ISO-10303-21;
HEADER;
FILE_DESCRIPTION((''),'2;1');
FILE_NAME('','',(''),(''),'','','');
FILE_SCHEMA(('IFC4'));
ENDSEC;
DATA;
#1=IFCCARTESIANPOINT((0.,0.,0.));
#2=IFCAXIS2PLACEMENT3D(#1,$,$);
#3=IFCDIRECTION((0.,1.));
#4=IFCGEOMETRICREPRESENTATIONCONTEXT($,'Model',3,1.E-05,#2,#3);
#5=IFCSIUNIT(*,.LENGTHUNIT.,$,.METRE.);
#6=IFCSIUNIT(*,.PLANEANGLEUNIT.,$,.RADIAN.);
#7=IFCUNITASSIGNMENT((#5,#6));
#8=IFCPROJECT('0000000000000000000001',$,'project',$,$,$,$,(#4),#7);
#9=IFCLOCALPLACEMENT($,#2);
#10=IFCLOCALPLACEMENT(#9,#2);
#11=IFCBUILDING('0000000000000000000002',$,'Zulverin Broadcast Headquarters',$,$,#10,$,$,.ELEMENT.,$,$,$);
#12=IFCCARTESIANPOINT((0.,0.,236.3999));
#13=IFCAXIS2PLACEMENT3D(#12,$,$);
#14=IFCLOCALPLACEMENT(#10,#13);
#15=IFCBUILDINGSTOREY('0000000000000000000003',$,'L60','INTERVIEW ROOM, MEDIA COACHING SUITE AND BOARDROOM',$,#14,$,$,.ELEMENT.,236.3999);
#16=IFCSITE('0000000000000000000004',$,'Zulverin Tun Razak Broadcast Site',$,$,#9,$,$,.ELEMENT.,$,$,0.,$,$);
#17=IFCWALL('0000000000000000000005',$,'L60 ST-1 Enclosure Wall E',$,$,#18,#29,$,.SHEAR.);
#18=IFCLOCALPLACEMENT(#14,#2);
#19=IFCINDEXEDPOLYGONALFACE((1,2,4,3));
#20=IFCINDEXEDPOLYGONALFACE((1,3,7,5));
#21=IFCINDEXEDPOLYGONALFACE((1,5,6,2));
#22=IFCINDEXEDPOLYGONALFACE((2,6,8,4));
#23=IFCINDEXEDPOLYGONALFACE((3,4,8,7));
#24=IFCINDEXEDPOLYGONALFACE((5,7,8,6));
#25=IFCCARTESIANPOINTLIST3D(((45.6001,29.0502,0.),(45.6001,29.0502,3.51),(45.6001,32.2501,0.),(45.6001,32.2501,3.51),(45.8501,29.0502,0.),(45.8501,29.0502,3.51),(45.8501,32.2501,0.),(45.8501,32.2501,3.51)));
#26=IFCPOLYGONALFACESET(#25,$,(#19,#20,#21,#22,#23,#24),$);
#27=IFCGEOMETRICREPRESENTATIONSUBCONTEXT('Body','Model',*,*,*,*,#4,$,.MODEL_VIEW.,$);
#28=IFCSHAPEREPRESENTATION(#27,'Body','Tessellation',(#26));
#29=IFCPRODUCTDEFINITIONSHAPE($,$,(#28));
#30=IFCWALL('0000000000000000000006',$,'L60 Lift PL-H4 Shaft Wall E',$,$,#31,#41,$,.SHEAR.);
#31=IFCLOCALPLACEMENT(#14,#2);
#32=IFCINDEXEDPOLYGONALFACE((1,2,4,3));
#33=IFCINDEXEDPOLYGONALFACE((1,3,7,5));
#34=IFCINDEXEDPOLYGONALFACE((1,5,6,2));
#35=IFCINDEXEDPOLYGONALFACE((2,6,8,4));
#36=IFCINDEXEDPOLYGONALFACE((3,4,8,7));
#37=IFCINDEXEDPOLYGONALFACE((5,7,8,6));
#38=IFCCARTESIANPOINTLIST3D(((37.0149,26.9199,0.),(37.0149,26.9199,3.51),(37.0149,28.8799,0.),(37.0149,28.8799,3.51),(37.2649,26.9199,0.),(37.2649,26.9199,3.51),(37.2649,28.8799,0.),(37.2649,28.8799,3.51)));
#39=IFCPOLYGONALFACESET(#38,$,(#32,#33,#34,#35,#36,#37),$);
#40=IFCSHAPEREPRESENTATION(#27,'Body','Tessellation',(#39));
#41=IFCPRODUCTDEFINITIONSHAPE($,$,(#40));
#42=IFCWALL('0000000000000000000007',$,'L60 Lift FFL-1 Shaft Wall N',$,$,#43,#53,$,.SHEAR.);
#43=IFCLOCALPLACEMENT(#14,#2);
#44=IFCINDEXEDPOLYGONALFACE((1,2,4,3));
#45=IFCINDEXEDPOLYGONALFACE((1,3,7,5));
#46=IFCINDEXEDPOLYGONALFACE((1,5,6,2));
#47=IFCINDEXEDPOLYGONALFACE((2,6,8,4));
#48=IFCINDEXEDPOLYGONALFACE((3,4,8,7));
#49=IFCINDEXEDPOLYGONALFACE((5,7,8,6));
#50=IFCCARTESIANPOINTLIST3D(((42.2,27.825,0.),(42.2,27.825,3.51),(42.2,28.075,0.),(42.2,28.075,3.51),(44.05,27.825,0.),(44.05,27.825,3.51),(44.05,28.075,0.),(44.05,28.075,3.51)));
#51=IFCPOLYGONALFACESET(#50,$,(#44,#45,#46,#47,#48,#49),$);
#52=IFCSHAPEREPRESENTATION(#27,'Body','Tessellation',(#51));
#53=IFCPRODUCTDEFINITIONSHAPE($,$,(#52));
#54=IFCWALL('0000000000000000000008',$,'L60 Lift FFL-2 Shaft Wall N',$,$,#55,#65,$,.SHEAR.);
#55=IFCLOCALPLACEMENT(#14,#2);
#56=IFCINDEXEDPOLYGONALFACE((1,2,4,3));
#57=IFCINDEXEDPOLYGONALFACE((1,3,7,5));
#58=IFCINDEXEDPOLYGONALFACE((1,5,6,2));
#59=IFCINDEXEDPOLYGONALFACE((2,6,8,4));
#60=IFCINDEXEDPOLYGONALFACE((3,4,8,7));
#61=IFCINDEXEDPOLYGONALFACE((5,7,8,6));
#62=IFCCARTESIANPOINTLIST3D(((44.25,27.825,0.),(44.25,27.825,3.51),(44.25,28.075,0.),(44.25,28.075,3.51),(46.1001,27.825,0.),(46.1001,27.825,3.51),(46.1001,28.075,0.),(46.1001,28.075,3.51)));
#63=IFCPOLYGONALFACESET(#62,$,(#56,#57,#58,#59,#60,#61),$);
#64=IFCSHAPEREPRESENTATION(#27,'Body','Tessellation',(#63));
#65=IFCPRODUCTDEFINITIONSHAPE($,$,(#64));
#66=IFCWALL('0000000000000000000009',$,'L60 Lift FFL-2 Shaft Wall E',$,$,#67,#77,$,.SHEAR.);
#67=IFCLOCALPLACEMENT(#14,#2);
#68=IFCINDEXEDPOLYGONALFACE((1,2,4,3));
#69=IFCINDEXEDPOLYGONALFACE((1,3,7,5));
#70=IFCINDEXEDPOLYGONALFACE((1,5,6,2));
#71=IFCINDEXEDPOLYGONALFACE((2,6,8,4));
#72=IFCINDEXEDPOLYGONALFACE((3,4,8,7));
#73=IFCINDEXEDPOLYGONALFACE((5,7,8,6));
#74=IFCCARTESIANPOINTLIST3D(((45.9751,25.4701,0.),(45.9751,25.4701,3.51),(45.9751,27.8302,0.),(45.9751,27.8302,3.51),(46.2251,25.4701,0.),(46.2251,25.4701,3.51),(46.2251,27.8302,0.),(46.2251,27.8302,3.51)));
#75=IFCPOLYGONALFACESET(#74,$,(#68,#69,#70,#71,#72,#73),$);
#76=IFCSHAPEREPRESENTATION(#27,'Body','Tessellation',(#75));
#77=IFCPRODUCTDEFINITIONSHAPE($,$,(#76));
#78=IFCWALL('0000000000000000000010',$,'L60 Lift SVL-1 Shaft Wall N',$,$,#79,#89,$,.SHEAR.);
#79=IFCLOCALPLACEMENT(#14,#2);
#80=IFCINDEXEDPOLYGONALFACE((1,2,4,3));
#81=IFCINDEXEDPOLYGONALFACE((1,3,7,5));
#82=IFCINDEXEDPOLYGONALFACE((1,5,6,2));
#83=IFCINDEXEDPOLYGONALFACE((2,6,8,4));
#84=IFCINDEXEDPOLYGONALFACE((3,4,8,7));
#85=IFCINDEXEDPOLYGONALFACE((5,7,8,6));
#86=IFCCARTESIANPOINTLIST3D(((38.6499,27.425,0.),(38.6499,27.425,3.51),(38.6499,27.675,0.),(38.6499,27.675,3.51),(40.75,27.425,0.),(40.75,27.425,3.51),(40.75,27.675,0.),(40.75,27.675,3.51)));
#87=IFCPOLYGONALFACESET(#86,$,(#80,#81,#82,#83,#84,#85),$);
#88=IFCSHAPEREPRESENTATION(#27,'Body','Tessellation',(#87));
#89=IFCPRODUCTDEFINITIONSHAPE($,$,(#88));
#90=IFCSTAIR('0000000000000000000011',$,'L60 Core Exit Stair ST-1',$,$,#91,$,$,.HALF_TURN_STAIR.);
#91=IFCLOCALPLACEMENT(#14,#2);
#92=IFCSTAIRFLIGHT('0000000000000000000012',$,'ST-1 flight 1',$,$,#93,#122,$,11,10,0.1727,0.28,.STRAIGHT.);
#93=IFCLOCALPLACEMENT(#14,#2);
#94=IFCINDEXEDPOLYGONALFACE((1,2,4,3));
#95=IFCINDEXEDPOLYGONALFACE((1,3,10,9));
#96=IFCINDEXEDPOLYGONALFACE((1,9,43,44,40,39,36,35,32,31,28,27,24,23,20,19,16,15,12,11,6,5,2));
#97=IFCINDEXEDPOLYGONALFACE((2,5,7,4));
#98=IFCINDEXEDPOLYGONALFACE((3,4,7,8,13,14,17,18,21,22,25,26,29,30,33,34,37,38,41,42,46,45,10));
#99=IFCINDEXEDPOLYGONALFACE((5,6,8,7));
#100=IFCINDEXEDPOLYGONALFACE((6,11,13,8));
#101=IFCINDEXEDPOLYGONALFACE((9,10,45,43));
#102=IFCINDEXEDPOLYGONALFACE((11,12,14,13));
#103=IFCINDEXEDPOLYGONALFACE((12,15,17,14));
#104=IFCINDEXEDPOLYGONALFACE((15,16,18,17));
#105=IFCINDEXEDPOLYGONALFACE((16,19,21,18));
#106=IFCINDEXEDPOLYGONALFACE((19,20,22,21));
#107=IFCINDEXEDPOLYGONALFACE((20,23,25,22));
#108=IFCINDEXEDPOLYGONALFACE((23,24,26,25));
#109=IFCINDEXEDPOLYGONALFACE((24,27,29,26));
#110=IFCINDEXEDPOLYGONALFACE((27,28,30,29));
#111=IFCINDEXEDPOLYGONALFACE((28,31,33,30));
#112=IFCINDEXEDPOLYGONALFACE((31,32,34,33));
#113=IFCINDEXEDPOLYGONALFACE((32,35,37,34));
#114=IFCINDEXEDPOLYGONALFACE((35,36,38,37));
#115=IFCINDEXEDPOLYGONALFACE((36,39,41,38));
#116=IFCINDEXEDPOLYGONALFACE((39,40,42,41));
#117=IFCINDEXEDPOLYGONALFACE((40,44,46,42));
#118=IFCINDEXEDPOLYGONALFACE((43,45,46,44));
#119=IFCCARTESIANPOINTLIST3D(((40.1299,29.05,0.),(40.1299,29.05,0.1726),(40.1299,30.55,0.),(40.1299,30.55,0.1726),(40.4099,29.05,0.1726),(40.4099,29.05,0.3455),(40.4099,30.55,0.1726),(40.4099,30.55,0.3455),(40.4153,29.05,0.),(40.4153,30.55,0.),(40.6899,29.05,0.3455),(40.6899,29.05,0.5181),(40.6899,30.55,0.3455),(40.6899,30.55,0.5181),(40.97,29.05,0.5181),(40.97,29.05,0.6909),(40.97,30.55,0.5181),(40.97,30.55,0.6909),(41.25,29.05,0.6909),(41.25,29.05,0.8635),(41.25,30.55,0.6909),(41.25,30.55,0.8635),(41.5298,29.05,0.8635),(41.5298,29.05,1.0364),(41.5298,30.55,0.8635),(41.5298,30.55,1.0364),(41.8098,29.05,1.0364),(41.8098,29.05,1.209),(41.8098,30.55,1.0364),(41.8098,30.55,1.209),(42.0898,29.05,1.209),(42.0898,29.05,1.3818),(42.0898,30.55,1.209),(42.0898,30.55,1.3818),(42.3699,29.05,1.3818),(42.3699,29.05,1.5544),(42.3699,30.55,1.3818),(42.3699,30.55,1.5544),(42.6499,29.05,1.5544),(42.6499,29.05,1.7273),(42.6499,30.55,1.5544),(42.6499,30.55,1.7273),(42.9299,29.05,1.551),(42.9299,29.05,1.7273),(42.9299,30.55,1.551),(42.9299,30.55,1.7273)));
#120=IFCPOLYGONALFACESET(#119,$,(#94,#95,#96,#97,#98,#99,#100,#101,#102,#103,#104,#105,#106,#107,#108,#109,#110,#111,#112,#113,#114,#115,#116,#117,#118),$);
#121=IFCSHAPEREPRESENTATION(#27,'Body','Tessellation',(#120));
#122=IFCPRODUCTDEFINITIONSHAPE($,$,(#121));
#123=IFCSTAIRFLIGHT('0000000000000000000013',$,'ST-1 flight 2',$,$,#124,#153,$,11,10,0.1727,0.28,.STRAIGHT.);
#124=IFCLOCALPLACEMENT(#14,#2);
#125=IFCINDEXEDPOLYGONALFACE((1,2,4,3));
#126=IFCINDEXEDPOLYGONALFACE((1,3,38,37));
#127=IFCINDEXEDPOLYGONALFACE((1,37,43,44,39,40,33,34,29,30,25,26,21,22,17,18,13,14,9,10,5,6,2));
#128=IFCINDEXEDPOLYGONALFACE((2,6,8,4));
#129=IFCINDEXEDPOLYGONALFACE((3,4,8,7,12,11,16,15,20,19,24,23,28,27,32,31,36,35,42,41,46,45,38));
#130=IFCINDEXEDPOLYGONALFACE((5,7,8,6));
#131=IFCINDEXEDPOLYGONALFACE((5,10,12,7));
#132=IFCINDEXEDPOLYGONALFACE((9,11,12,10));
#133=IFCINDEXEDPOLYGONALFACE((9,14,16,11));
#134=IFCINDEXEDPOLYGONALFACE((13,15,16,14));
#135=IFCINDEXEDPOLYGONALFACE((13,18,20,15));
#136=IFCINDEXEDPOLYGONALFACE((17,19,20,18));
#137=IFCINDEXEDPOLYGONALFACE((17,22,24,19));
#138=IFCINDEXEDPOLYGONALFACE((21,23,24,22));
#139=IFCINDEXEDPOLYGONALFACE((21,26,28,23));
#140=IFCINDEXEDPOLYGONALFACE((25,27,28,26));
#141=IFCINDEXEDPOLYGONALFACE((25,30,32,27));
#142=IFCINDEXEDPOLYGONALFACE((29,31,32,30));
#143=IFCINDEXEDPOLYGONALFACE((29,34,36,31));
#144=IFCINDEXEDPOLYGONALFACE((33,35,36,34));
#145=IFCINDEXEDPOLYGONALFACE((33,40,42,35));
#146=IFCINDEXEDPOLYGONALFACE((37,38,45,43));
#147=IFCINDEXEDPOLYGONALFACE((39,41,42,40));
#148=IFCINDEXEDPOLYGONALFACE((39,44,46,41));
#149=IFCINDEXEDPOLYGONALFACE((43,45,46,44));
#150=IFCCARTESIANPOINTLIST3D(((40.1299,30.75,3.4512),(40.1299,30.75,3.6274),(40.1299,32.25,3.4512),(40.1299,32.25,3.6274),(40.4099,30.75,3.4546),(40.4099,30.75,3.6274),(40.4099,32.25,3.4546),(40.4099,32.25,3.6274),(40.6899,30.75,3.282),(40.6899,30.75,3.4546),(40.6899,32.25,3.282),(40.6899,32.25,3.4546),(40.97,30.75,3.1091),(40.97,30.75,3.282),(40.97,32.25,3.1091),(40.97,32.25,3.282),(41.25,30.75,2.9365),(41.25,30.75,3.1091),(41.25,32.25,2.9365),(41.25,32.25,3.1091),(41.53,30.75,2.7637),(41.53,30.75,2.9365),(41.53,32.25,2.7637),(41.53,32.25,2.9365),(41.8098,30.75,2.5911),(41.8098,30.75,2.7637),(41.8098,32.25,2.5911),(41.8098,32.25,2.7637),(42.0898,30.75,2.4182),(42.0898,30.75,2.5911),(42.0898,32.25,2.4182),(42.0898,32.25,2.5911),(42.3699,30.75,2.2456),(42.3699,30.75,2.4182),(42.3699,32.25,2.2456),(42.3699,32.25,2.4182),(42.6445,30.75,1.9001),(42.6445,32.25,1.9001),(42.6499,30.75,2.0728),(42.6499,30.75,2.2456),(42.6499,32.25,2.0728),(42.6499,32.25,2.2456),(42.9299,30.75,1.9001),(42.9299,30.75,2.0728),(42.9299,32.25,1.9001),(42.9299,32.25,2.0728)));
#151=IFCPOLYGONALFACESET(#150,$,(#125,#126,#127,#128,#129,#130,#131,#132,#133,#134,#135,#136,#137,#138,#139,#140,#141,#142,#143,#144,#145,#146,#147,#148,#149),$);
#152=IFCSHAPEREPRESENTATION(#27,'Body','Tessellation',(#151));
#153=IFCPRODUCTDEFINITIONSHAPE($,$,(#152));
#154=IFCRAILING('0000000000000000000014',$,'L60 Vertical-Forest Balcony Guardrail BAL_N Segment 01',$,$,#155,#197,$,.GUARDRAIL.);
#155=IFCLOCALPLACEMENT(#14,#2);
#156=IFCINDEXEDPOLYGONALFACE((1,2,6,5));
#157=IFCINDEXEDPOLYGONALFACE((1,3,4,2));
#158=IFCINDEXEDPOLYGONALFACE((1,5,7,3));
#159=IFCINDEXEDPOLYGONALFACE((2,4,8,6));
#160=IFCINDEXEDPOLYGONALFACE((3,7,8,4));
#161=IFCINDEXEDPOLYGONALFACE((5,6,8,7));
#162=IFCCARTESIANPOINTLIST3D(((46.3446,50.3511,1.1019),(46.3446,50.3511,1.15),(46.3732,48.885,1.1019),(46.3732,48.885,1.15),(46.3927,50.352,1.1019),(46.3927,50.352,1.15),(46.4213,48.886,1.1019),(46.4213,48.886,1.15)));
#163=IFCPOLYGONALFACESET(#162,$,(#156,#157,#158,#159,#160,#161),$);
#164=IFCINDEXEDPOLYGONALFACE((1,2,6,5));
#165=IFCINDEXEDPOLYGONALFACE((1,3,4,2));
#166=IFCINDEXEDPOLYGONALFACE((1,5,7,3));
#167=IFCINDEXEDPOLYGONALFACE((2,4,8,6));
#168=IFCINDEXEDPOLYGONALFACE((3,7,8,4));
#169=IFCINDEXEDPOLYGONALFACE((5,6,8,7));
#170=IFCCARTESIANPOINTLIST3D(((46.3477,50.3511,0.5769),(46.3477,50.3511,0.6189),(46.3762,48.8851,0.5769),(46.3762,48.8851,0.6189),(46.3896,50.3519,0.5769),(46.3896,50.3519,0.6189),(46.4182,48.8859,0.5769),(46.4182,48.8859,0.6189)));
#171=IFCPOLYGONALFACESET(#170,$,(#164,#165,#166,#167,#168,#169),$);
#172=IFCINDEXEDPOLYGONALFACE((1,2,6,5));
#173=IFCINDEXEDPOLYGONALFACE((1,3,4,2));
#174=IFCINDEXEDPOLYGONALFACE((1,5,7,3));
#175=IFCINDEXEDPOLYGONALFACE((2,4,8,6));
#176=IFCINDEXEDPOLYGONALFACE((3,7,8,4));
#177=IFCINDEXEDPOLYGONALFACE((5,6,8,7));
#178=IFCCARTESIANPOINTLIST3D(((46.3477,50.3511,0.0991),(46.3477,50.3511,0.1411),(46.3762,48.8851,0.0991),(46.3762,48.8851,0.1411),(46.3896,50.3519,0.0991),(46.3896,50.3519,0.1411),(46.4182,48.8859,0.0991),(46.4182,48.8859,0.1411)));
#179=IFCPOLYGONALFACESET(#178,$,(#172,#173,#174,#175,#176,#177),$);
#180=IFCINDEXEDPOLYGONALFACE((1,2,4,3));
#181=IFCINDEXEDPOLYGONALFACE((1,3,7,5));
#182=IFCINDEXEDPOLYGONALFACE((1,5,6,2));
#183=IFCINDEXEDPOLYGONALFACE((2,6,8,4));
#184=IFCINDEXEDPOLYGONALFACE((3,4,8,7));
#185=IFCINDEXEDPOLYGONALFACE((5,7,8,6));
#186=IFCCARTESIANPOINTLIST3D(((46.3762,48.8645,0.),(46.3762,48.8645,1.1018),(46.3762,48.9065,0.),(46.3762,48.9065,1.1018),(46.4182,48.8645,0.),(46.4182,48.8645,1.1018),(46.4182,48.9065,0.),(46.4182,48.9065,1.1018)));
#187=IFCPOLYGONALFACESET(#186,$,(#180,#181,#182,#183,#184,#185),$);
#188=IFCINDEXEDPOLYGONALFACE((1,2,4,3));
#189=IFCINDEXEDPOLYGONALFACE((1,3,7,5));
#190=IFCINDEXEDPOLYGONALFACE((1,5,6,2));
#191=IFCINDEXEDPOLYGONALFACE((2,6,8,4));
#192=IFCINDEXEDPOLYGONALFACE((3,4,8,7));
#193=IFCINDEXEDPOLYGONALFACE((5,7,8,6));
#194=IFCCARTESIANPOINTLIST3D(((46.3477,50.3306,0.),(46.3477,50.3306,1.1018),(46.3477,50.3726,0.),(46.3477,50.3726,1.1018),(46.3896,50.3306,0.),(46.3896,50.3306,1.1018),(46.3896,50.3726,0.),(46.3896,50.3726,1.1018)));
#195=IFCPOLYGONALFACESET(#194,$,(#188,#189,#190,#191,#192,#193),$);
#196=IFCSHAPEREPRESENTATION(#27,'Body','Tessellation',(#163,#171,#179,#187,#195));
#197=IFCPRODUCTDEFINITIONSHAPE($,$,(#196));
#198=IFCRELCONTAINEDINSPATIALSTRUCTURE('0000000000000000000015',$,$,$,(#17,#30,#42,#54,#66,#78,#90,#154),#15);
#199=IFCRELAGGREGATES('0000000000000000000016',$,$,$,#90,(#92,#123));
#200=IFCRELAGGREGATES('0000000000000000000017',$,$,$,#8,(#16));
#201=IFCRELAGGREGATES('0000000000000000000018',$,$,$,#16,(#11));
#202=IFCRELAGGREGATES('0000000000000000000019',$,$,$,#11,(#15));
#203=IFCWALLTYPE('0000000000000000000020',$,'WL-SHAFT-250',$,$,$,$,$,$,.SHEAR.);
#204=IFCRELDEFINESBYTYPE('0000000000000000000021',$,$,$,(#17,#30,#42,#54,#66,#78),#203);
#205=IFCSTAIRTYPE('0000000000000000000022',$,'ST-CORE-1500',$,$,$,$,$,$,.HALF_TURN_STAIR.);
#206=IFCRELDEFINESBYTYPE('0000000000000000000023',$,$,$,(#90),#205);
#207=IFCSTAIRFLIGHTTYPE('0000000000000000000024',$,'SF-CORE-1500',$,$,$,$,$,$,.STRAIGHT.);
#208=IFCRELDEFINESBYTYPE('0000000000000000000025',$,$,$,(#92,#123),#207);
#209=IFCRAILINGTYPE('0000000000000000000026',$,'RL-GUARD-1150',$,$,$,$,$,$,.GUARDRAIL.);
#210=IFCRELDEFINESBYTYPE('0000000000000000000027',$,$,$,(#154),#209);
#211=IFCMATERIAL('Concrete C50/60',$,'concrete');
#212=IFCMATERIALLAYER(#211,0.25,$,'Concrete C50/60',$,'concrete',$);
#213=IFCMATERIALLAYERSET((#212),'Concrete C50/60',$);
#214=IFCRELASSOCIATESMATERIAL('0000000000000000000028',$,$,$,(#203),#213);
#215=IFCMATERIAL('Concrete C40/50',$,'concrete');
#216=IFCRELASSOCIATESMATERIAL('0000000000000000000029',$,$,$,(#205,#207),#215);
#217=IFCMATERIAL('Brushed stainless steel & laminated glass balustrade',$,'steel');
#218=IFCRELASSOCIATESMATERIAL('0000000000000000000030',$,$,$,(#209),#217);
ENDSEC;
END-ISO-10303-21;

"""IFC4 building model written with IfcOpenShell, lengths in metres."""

from ifc_helpers import new_model, si_unit, direction, frame, frame_2d, origin, origin_2d, place, context, subcontext, project, spatial, polyline, rectangle, outline, extrude, material, layer, layer_set, type_object, element, aggregate, save


model = new_model("IFC4")

# Units and contexts
model_context = context("Model", 3, precision=1e-05, world=origin(), true_north=direction((0.0, 1.0)))
body_context = subcontext(model_context, "Body", "Model", "MODEL_VIEW")
ifc_project = project(units=[si_unit("LENGTHUNIT", "METRE"), si_unit("PLANEANGLEUNIT", "RADIAN")], contexts=[model_context])

# Site, building, storey
site_placement = place(None, origin())
site = spatial("IfcSite", under=ifc_project, at=site_placement, Name="Zulverin Tun Razak Broadcast Site", CompositionType="ELEMENT", RefElevation=0.0)
building_placement = place(site_placement, origin())
building = spatial("IfcBuilding", under=site, at=building_placement, Name="Zulverin Broadcast Headquarters", CompositionType="ELEMENT")
storey_placement = place(building_placement, frame((0.0, 0.0, 236.3999)))
storey = spatial("IfcBuildingStorey", under=building, at=storey_placement, Name="L60", Description="INTERVIEW ROOM, MEDIA COACHING SUITE AND BOARDROOM", CompositionType="ELEMENT", Elevation=236.3999)

# Shared definitions
ifc_material_1 = material(Name="Concrete C50/60", Category="concrete")

# Shared definitions
ifc_material_2 = material(Name="Concrete C40/50", Category="concrete")

# Shared definitions
ifc_layer_1 = layer(ifc_material_1, 0.25, Name="Concrete C50/60", Category="concrete")
ifc_layer_set_1 = layer_set([ifc_layer_1], Name="Concrete C50/60")
wall_type_1 = type_object("IfcWallType", Name="WL-SHAFT-250", PredefinedType="SHEAR", material=ifc_layer_set_1)

# Walls
wall_1_placement = place(storey_placement, frame((45.7251, 29.05, 0.0), z_axis=(0.0, 0.0, 1.0), x_axis=(0.0, 1.0, 0.0)))
element("IfcWall", 1, at=wall_1_placement, inside=storey, type_object=wall_type_1, Name="L60 ST-1 Enclosure Wall E", PredefinedType="SHEAR", context=body_context, shape_type="SweptSolid", body=[
    extrude(rectangle(XDim=3.2, YDim=0.25, at=frame_2d((1.6001, 0.0))), origin(), (0.0, 0.0, 1.0), 3.51),
])
wall_2_placement = place(storey_placement, frame((37.1399, 26.9199, 0.0), z_axis=(0.0, 0.0, 1.0), x_axis=(0.0, 1.0, 0.0)))
element("IfcWall", 2, at=wall_2_placement, inside=storey, type_object=wall_type_1, Name="L60 Lift PL-H4 Shaft Wall E", PredefinedType="SHEAR", context=body_context, shape_type="SweptSolid", body=[
    extrude(rectangle(XDim=1.96, YDim=0.25, at=frame_2d((0.98, 0.0))), origin(), (0.0, 0.0, 1.0), 3.51),
])
for number, where, z_axis, x_axis, name in (
    (3, (42.2, 27.95, 0.0), (0.0, 0.0, 1.0), (1.0, 0.0, 0.0), "L60 Lift FFL-1 Shaft Wall N"),
    (4, (44.25, 27.95, 0.0), (0.0, 0.0, 1.0), (1.0, 0.0, 0.0), "L60 Lift FFL-2 Shaft Wall N"),
):
    element("IfcWall", number, at=place(storey_placement, frame(where, z_axis=z_axis, x_axis=x_axis)), inside=storey, type_object=wall_type_1, Name=name, PredefinedType="SHEAR", context=body_context, shape_type="SweptSolid", body=[
        extrude(rectangle(XDim=1.8501, YDim=0.25, at=frame_2d((0.925, 0.0))), origin(), (0.0, 0.0, 1.0), 3.51),
    ])
wall_3_placement = place(storey_placement, frame((46.1001, 25.47, 0.0), z_axis=(0.0, 0.0, 1.0), x_axis=(0.0, 1.0, 0.0)))
element("IfcWall", 5, at=wall_3_placement, inside=storey, type_object=wall_type_1, Name="L60 Lift FFL-2 Shaft Wall E", PredefinedType="SHEAR", context=body_context, shape_type="SweptSolid", body=[
    extrude(rectangle(XDim=2.3601, YDim=0.25, at=frame_2d((1.1802, 0.0))), origin(), (0.0, 0.0, 1.0), 3.51),
])
wall_4_placement = place(storey_placement, frame((38.6499, 27.55, 0.0), z_axis=(0.0, 0.0, 1.0), x_axis=(1.0, 0.0, 0.0)))
element("IfcWall", 6, at=wall_4_placement, inside=storey, type_object=wall_type_1, Name="L60 Lift SVL-1 Shaft Wall N", PredefinedType="SHEAR", context=body_context, shape_type="SweptSolid", body=[
    extrude(rectangle(XDim=2.1001, YDim=0.25, at=frame_2d((1.05, 0.0))), origin(), (0.0, 0.0, 1.0), 3.51),
])

# Stair, stair flights
stair_type = type_object("IfcStairType", Name="ST-CORE-1500", PredefinedType="HALF_TURN_STAIR", material=ifc_material_2)
stair_placement = place(storey_placement, origin())
stair = element("IfcStair", 7, at=stair_placement, inside=storey, type_object=stair_type, Name="L60 Core Exit Stair ST-1", PredefinedType="HALF_TURN_STAIR")
stair_flight_type = type_object("IfcStairFlightType", Name="SF-CORE-1500", PredefinedType="STRAIGHT", material=ifc_material_2)
stair_flight_1_placement = place(storey_placement, frame((40.1299, 29.8, 0.0), z_axis=(0.0, 0.0, 1.0), x_axis=(1.0, 0.0, 0.0)))
stair_flight_1 = element("IfcStairFlight", 8, at=stair_flight_1_placement, type_object=stair_flight_type, Name="ST-1 flight 1", NumberOfRisers=11, NumberOfTreads=10, PredefinedType="STRAIGHT", RiserHeight=0.1727, TreadLength=0.28, context=body_context, shape_type="SweptSolid", body=[
    extrude(outline(polyline([(0.0, 0.0), (0.0, 0.1726), (0.28, 0.1726), (0.28, 0.3455), (0.5601, 0.3455), (0.5601, 0.5181), (0.8401, 0.5181), (0.8401, 0.6909), (1.1201, 0.6909), (1.1201, 0.8635), (1.3999, 0.8635), (1.3999, 1.0364), (1.6799, 1.0364), (1.6799, 1.209), (1.96, 1.209), (1.96, 1.3818), (2.24, 1.3818), (2.24, 1.5544), (2.52, 1.5544), (2.52, 1.7273), (2.8, 1.7273), (2.8, 1.8999), (2.8, 1.551), (0.2854, 0.0), (0.0, 0.0)])), frame((0.0, 0.75, 0.0), z_axis=(0.0, -1.0, 0.0), x_axis=(1.0, 0.0, 0.0)), (0.0, 0.0, 1.0), 1.5),
])
stair_flight_2_placement = place(storey_placement, frame((42.9299, 31.5, 1.9001), z_axis=(0.0, 0.0, 1.0), x_axis=(-1.0, 0.0, 0.0)))
stair_flight_2 = element("IfcStairFlight", 9, at=stair_flight_2_placement, type_object=stair_flight_type, Name="ST-1 flight 2", NumberOfRisers=11, NumberOfTreads=10, PredefinedType="STRAIGHT", RiserHeight=0.1727, TreadLength=0.28, context=body_context, shape_type="SweptSolid", body=[
    extrude(outline(polyline([(0.0, 0.0), (0.0, 0.1726), (0.28, 0.1726), (0.28, 0.3455), (0.5601, 0.3455), (0.5601, 0.5181), (0.8401, 0.5181), (0.8401, 0.6909), (1.1201, 0.6909), (1.1201, 0.8635), (1.3999, 0.8635), (1.3999, 1.0364), (1.6799, 1.0364), (1.6799, 1.209), (1.96, 1.209), (1.96, 1.3818), (2.24, 1.3818), (2.24, 1.5544), (2.52, 1.5544), (2.52, 1.7273), (2.8, 1.7273), (2.8, 1.8999), (2.8, 1.551), (0.2854, 0.0), (0.0, 0.0)])), frame((0.0, 0.75, 0.0), z_axis=(0.0, -1.0, 0.0), x_axis=(1.0, 0.0, 0.0)), (0.0, 0.0, 1.0), 1.5),
])
aggregate(stair, [stair_flight_1, stair_flight_2])

# Railing
ifc_material_3 = material(Name="Brushed stainless steel & laminated glass balustrade", Category="steel")
railing_type_1 = type_object("IfcRailingType", Name="RL-GUARD-1150", PredefinedType="GUARDRAIL", material=ifc_material_3)
railing_1_placement = place(storey_placement, frame((46.3972, 48.8855, 0.0)))
element("IfcRailing", 10, at=railing_1_placement, inside=storey, type_object=railing_type_1, Name="L60 Vertical-Forest Balcony Guardrail BAL_N Segment 01", PredefinedType="GUARDRAIL", context=body_context, shape_type="SweptSolid", body=[
    extrude(rectangle(XDim=0.0481, YDim=0.0481, at=origin_2d()), frame((0.0, 0.0, 1.126), z_axis=(-0.01948, 0.99981, 0.0), x_axis=(-0.99981, -0.01948, 0.0)), (0.0, 0.0, 1.0), 1.4663),
    extrude(rectangle(XDim=0.042, YDim=0.042, at=origin_2d()), frame((0.0, 0.0, 0.5979), z_axis=(-0.01948, 0.99981, 0.0), x_axis=(-0.99981, -0.01948, 0.0)), (0.0, 0.0, 1.0), 1.4663),
    extrude(rectangle(XDim=0.042, YDim=0.042, at=origin_2d()), frame((0.0, 0.0, 0.1201), z_axis=(-0.01948, 0.99981, 0.0), x_axis=(-0.99981, -0.01948, 0.0)), (0.0, 0.0, 1.0), 1.4663),
    extrude(rectangle(XDim=0.042, YDim=0.042, at=origin_2d()), origin(), (0.0, 0.0, 1.0), 1.1018),
    extrude(rectangle(XDim=0.042, YDim=0.042, at=origin_2d()), frame((-0.0286, 1.4661, 0.0)), (0.0, 0.0, 1.0), 1.1018),
])

save(model, "model.ifc")
